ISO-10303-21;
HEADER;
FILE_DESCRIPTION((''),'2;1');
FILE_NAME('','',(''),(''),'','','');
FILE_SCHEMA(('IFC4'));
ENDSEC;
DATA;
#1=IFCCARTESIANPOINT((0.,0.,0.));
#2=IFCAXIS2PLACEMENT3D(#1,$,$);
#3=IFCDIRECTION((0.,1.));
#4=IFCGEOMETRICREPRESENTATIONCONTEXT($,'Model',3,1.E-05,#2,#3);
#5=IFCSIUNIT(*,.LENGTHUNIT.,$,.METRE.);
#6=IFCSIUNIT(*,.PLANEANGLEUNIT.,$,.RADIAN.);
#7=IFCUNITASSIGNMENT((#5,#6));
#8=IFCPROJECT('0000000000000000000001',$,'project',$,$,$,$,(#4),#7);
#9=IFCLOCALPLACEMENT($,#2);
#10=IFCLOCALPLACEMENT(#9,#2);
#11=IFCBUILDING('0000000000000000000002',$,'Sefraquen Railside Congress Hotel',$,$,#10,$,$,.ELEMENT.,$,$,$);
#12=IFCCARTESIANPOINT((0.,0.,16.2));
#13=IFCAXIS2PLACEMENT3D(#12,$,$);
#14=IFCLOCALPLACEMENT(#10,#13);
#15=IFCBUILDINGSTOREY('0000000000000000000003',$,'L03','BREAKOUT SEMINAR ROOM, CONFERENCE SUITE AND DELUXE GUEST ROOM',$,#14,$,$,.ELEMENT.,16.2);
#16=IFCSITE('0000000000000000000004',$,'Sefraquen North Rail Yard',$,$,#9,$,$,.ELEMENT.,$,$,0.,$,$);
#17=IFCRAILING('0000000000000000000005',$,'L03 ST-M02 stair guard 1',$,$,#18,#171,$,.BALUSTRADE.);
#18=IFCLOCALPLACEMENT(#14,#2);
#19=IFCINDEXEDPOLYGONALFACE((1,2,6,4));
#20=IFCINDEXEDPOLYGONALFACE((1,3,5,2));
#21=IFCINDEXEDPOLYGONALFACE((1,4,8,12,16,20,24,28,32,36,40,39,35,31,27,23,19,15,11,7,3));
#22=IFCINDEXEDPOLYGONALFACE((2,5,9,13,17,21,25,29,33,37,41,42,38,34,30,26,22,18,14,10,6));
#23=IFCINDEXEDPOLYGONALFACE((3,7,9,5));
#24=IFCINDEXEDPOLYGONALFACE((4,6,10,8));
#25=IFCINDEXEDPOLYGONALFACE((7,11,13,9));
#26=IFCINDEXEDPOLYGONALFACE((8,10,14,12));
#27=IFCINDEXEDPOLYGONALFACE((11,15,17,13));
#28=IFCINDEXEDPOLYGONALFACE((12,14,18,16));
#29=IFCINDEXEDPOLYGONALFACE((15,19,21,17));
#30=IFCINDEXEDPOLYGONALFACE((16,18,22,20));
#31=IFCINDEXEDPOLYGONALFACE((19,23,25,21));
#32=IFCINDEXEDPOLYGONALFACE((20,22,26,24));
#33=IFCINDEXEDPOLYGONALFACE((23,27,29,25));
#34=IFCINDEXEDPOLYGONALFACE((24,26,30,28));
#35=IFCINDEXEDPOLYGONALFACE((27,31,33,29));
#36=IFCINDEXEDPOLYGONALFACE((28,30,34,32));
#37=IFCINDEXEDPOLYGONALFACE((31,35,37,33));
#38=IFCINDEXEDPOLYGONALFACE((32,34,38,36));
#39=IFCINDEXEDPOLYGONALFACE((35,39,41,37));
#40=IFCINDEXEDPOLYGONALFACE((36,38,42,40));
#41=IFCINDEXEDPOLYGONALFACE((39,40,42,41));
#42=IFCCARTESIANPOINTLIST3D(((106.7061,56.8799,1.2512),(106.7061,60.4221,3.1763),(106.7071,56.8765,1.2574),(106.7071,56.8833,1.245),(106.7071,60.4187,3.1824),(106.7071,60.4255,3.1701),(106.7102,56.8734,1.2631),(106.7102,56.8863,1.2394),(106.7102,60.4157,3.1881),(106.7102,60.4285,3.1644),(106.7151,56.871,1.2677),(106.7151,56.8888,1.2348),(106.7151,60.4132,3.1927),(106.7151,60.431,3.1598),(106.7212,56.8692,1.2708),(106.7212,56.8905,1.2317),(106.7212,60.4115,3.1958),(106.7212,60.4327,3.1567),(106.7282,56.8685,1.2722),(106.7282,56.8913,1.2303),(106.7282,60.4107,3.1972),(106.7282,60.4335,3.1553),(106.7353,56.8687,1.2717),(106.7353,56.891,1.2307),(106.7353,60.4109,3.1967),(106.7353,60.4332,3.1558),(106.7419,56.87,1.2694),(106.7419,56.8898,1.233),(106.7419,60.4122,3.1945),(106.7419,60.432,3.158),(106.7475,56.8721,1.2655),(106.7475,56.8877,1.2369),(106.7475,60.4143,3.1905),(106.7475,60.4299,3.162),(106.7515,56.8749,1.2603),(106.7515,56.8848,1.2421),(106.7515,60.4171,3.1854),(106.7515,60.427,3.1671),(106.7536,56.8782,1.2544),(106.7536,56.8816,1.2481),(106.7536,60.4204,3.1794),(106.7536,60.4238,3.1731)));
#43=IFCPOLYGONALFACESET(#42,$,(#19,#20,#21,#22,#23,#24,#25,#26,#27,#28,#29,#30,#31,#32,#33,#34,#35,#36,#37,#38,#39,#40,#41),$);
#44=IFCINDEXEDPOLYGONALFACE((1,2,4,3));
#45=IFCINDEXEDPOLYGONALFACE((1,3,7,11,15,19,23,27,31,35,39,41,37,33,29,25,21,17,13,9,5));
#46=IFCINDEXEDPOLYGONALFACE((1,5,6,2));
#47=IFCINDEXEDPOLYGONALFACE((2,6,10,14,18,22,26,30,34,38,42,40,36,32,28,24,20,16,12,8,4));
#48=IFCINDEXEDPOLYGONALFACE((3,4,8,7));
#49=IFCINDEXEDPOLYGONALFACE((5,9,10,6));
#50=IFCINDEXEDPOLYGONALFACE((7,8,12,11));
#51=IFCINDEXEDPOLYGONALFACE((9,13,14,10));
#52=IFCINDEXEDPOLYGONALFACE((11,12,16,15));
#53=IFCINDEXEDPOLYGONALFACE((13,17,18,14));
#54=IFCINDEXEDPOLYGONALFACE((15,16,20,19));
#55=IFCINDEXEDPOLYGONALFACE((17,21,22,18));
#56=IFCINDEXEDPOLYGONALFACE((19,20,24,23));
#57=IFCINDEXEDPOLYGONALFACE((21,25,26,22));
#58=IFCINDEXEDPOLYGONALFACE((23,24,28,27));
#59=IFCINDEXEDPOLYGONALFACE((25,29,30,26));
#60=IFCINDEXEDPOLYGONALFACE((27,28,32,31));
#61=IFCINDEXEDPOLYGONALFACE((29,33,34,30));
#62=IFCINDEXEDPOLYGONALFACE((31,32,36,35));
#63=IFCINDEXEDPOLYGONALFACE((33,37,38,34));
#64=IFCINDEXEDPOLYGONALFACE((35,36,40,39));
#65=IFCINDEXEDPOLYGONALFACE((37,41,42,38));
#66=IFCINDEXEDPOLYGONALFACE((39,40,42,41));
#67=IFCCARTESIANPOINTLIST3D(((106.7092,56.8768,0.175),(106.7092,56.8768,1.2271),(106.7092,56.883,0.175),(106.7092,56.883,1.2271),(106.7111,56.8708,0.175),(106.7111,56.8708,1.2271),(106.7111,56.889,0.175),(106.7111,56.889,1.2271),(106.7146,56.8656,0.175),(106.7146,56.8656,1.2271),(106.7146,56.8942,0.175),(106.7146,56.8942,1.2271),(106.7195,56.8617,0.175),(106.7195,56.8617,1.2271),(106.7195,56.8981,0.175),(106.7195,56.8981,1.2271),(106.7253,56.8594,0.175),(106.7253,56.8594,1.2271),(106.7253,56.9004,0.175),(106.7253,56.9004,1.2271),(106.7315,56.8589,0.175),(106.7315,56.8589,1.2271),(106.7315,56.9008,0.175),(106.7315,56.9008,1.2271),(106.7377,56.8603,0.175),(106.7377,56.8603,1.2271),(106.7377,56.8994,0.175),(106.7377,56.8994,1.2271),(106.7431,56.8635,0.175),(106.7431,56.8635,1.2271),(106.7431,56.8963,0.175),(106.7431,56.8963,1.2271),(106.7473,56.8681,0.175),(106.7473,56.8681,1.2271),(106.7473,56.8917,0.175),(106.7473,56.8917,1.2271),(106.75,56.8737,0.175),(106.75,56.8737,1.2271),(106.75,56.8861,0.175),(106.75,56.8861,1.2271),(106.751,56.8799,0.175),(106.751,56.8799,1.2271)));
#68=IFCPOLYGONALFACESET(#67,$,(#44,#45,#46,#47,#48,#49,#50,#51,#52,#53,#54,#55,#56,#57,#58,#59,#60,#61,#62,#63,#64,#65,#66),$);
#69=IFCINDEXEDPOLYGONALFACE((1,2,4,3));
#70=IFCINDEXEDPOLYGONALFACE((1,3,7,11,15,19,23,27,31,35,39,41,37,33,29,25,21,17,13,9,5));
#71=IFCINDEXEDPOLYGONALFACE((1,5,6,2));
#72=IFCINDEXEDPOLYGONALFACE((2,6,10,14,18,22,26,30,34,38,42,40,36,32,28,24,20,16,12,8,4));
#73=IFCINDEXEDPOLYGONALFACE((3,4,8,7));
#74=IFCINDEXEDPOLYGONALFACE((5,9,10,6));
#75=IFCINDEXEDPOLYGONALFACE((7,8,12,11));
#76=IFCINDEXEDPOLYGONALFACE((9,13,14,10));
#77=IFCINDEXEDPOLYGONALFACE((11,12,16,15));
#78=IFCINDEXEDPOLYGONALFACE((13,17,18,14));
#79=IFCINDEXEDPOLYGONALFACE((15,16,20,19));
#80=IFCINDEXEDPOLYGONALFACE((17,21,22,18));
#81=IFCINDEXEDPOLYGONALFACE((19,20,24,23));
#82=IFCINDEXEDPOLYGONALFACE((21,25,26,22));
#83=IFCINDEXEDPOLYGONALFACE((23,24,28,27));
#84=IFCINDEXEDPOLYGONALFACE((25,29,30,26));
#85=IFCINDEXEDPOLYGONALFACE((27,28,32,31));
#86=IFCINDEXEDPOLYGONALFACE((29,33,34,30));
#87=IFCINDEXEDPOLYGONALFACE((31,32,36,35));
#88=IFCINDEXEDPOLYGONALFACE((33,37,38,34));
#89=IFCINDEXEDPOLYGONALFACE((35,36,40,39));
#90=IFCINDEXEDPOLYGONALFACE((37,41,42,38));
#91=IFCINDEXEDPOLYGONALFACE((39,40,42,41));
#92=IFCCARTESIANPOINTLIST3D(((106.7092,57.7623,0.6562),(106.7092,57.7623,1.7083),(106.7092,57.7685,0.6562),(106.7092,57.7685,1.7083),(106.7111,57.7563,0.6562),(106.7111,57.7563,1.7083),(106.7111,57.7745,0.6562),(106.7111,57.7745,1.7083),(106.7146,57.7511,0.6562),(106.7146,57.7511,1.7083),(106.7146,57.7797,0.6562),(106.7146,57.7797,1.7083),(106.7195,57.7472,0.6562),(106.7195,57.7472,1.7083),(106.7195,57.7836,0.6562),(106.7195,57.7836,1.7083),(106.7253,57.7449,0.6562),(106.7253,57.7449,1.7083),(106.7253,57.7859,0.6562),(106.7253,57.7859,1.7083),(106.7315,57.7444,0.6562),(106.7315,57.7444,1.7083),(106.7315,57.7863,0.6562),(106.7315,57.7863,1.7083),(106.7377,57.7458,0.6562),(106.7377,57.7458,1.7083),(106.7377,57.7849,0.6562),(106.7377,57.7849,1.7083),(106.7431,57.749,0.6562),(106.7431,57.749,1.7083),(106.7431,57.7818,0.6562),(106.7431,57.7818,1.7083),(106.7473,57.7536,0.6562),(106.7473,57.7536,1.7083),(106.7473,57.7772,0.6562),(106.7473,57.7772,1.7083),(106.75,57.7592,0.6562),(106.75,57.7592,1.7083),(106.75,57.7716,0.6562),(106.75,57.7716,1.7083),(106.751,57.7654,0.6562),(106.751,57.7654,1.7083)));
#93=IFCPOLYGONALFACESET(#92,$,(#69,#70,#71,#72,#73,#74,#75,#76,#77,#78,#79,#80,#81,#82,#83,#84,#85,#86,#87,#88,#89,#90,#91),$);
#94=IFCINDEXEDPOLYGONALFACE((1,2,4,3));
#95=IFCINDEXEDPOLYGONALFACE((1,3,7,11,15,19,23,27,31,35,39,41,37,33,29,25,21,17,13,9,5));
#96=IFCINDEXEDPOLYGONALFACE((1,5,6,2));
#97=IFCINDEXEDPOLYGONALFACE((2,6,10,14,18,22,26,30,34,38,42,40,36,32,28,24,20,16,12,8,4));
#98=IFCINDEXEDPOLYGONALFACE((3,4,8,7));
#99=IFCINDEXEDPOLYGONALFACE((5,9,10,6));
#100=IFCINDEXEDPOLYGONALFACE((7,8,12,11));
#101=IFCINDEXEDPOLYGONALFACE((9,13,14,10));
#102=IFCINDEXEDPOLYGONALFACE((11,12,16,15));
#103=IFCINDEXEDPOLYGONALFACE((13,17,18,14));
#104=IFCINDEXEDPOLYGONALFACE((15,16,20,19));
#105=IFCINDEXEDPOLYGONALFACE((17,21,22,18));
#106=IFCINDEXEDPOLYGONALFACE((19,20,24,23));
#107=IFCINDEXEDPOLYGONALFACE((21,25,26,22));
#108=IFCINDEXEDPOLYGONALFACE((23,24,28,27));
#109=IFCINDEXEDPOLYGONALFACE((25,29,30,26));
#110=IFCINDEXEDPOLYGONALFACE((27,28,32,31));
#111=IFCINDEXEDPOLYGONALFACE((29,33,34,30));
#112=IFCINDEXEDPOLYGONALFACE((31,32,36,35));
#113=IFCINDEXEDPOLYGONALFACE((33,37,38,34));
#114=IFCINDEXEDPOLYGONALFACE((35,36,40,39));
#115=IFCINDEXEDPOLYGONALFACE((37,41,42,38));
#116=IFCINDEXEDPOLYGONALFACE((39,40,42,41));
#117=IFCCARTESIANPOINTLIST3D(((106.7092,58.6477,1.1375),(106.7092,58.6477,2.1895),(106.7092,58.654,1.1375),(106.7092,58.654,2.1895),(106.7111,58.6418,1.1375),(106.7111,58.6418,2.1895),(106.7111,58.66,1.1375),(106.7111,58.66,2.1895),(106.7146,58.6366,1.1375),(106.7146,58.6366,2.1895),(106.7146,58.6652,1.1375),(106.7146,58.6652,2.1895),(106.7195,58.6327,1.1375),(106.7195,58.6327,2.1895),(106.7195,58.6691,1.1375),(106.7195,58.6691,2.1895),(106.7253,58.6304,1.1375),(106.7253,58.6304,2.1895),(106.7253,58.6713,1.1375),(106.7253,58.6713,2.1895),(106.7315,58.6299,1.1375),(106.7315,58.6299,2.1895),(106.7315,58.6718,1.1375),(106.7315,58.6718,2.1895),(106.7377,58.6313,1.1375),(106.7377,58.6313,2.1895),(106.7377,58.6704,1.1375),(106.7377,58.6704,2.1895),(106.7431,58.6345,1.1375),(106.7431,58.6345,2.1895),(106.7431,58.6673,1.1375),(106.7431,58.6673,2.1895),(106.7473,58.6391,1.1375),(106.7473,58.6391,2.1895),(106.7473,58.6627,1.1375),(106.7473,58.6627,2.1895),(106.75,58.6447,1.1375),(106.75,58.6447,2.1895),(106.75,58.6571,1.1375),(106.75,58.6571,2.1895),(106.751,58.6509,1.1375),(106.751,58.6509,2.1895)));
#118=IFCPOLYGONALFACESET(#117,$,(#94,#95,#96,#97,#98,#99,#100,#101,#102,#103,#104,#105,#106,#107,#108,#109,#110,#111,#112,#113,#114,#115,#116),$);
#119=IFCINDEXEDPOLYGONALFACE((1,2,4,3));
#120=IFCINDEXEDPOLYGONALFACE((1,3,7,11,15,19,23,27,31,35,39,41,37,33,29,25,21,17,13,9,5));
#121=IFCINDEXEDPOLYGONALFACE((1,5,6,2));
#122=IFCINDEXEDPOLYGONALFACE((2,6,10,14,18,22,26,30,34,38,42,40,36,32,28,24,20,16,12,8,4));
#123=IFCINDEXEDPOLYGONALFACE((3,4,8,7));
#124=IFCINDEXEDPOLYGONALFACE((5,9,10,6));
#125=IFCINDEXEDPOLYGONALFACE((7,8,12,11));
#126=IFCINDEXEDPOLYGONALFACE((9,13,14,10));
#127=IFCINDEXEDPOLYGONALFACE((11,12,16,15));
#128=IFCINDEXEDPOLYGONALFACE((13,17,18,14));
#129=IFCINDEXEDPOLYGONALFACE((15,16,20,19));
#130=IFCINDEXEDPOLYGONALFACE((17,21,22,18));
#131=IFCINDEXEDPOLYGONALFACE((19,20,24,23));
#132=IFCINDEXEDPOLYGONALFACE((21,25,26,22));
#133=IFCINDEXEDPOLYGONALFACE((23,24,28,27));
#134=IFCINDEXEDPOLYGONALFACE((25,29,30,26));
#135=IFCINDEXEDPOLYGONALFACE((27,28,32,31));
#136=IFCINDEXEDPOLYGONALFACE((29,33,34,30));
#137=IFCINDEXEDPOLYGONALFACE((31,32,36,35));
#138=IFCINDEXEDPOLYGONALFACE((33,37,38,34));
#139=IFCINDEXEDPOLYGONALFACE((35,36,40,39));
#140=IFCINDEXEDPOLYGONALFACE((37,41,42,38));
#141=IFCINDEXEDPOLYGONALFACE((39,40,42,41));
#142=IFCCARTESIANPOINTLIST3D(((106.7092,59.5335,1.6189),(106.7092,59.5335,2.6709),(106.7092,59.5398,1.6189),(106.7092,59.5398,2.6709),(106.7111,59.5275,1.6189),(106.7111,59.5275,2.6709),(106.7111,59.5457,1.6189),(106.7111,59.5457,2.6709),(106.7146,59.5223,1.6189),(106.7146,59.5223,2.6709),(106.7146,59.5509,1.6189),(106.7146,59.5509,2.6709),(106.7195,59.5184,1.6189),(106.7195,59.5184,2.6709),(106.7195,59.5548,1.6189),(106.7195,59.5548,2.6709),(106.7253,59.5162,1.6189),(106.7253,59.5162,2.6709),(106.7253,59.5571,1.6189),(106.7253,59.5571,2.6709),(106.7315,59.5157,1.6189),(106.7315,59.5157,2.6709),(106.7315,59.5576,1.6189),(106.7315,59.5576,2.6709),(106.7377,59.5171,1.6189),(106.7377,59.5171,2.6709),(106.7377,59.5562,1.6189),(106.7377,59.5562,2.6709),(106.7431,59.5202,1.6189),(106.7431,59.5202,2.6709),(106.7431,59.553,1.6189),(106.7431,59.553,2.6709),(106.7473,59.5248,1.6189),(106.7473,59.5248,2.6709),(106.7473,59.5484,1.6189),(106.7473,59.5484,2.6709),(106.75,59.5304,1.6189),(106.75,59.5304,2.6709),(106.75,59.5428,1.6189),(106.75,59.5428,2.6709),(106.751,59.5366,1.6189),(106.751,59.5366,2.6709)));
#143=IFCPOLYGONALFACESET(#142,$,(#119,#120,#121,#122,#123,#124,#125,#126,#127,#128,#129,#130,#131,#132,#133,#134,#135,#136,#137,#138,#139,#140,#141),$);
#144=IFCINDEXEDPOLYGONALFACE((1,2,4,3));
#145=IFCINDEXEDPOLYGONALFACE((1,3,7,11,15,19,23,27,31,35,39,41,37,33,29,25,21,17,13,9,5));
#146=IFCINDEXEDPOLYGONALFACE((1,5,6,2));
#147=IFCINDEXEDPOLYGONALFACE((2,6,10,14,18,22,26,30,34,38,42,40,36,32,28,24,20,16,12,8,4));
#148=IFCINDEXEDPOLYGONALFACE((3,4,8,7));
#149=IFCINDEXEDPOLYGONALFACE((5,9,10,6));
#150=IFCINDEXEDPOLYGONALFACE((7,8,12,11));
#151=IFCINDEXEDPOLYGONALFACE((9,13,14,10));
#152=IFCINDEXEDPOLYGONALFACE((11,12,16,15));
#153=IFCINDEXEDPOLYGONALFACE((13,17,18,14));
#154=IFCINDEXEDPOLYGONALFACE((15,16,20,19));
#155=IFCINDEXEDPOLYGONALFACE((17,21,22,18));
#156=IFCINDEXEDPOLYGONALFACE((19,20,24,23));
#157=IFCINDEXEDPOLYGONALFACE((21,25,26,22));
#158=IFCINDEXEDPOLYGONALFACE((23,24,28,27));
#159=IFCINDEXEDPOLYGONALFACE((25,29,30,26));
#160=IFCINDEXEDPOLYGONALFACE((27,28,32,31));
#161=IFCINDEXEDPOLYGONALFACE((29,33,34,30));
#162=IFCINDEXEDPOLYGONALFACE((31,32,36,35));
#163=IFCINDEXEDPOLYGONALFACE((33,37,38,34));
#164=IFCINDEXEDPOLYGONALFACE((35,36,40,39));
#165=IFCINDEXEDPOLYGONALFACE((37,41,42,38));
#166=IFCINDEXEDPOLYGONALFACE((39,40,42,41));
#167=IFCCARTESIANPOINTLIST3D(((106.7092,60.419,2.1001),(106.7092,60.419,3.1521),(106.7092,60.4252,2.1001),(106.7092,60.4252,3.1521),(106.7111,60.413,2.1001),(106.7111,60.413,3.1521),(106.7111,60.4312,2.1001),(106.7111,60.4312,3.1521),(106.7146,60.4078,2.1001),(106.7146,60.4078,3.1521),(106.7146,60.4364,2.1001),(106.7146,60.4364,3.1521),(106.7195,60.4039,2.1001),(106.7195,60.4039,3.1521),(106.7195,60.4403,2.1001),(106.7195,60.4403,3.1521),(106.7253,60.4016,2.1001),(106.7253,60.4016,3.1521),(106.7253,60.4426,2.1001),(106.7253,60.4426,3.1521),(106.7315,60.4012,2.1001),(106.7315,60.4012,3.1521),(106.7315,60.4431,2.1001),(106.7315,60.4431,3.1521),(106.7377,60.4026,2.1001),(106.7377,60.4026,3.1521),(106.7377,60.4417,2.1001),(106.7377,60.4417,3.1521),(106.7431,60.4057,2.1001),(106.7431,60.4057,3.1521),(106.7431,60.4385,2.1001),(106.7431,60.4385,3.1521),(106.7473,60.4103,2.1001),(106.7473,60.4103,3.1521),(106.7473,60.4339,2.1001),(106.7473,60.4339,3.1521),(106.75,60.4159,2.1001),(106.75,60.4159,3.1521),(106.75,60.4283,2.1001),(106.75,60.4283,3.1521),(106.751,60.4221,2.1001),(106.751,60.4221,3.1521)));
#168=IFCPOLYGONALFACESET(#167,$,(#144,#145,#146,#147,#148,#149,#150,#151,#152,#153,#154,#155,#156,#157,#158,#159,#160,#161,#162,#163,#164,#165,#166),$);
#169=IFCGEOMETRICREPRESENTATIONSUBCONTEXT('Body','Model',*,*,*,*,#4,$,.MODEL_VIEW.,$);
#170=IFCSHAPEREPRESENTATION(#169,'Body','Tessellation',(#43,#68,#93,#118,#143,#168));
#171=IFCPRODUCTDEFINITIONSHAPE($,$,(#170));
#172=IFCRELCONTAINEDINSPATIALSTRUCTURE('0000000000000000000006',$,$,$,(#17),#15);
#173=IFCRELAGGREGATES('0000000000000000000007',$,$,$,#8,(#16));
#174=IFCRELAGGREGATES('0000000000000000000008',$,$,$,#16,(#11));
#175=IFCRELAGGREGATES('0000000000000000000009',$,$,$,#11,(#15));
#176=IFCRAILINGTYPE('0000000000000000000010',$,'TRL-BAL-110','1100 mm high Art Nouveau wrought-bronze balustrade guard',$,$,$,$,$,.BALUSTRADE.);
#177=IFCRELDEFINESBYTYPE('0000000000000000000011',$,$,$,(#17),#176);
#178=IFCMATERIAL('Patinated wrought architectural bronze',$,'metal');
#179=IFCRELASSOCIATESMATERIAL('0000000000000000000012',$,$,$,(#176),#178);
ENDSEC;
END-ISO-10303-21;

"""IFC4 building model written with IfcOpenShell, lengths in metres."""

from ifc_helpers import new_model, si_unit, direction, frame, origin, origin_2d, place, context, subcontext, project, spatial, circle, extrude, material, type_object, element, save


model = new_model("IFC4")

# Units and contexts
model_context = context("Model", 3, precision=1e-05, world=origin(), true_north=direction((0.0, 1.0)))
body_context = subcontext(model_context, "Body", "Model", "MODEL_VIEW")
ifc_project = project(units=[si_unit("LENGTHUNIT", "METRE"), si_unit("PLANEANGLEUNIT", "RADIAN")], contexts=[model_context])

# Site, building, storey
site_placement = place(None, origin())
site = spatial("IfcSite", under=ifc_project, at=site_placement, Name="Sefraquen North Rail Yard", CompositionType="ELEMENT", RefElevation=0.0)
building_placement = place(site_placement, origin())
building = spatial("IfcBuilding", under=site, at=building_placement, Name="Sefraquen Railside Congress Hotel", CompositionType="ELEMENT")
storey_placement = place(building_placement, frame((0.0, 0.0, 16.2)))
storey = spatial("IfcBuildingStorey", under=building, at=storey_placement, Name="L03", Description="BREAKOUT SEMINAR ROOM, CONFERENCE SUITE AND DELUXE GUEST ROOM", CompositionType="ELEMENT", Elevation=16.2)

# Railing
ifc_material_1 = material(Name="Patinated wrought architectural bronze", Category="metal")
railing_type_1 = type_object("IfcRailingType", Name="TRL-BAL-110", Description="1100 mm high Art Nouveau wrought-bronze balustrade guard", PredefinedType="BALUSTRADE", material=ifc_material_1)
railing_1_placement = place(storey_placement, frame((106.73, 56.8799, 0.175)))
element("IfcRailing", 1, at=railing_1_placement, inside=storey, type_object=railing_type_1, Name="L03 ST-M02 stair guard 1", PredefinedType="BALUSTRADE", context=body_context, shape_type="SweptSolid", body=[
    extrude(circle(Radius=0.0239, at=origin_2d()), frame((0.0, 0.0, 1.0762), z_axis=(0.0, 0.878633, 0.477498), x_axis=(-1.0, 0.0, 0.0)), (0.0, 0.0, 1.0), 4.0315),
    extrude(circle(Radius=0.021, at=origin_2d()), origin(), (0.0, 0.0, 1.0), 1.052),
    extrude(circle(Radius=0.021, at=origin_2d()), frame((0.0, 0.8855, 0.4812)), (0.0, 0.0, 1.0), 1.052),
    extrude(circle(Radius=0.021, at=origin_2d()), frame((0.0, 1.771, 0.9624)), (0.0, 0.0, 1.0), 1.052),
    extrude(circle(Radius=0.021, at=origin_2d()), frame((0.0, 2.6567, 1.4438)), (0.0, 0.0, 1.0), 1.052),
    extrude(circle(Radius=0.021, at=origin_2d()), frame((0.0, 3.5422, 1.925)), (0.0, 0.0, 1.0), 1.052),
])

save(model, "model.ifc")
